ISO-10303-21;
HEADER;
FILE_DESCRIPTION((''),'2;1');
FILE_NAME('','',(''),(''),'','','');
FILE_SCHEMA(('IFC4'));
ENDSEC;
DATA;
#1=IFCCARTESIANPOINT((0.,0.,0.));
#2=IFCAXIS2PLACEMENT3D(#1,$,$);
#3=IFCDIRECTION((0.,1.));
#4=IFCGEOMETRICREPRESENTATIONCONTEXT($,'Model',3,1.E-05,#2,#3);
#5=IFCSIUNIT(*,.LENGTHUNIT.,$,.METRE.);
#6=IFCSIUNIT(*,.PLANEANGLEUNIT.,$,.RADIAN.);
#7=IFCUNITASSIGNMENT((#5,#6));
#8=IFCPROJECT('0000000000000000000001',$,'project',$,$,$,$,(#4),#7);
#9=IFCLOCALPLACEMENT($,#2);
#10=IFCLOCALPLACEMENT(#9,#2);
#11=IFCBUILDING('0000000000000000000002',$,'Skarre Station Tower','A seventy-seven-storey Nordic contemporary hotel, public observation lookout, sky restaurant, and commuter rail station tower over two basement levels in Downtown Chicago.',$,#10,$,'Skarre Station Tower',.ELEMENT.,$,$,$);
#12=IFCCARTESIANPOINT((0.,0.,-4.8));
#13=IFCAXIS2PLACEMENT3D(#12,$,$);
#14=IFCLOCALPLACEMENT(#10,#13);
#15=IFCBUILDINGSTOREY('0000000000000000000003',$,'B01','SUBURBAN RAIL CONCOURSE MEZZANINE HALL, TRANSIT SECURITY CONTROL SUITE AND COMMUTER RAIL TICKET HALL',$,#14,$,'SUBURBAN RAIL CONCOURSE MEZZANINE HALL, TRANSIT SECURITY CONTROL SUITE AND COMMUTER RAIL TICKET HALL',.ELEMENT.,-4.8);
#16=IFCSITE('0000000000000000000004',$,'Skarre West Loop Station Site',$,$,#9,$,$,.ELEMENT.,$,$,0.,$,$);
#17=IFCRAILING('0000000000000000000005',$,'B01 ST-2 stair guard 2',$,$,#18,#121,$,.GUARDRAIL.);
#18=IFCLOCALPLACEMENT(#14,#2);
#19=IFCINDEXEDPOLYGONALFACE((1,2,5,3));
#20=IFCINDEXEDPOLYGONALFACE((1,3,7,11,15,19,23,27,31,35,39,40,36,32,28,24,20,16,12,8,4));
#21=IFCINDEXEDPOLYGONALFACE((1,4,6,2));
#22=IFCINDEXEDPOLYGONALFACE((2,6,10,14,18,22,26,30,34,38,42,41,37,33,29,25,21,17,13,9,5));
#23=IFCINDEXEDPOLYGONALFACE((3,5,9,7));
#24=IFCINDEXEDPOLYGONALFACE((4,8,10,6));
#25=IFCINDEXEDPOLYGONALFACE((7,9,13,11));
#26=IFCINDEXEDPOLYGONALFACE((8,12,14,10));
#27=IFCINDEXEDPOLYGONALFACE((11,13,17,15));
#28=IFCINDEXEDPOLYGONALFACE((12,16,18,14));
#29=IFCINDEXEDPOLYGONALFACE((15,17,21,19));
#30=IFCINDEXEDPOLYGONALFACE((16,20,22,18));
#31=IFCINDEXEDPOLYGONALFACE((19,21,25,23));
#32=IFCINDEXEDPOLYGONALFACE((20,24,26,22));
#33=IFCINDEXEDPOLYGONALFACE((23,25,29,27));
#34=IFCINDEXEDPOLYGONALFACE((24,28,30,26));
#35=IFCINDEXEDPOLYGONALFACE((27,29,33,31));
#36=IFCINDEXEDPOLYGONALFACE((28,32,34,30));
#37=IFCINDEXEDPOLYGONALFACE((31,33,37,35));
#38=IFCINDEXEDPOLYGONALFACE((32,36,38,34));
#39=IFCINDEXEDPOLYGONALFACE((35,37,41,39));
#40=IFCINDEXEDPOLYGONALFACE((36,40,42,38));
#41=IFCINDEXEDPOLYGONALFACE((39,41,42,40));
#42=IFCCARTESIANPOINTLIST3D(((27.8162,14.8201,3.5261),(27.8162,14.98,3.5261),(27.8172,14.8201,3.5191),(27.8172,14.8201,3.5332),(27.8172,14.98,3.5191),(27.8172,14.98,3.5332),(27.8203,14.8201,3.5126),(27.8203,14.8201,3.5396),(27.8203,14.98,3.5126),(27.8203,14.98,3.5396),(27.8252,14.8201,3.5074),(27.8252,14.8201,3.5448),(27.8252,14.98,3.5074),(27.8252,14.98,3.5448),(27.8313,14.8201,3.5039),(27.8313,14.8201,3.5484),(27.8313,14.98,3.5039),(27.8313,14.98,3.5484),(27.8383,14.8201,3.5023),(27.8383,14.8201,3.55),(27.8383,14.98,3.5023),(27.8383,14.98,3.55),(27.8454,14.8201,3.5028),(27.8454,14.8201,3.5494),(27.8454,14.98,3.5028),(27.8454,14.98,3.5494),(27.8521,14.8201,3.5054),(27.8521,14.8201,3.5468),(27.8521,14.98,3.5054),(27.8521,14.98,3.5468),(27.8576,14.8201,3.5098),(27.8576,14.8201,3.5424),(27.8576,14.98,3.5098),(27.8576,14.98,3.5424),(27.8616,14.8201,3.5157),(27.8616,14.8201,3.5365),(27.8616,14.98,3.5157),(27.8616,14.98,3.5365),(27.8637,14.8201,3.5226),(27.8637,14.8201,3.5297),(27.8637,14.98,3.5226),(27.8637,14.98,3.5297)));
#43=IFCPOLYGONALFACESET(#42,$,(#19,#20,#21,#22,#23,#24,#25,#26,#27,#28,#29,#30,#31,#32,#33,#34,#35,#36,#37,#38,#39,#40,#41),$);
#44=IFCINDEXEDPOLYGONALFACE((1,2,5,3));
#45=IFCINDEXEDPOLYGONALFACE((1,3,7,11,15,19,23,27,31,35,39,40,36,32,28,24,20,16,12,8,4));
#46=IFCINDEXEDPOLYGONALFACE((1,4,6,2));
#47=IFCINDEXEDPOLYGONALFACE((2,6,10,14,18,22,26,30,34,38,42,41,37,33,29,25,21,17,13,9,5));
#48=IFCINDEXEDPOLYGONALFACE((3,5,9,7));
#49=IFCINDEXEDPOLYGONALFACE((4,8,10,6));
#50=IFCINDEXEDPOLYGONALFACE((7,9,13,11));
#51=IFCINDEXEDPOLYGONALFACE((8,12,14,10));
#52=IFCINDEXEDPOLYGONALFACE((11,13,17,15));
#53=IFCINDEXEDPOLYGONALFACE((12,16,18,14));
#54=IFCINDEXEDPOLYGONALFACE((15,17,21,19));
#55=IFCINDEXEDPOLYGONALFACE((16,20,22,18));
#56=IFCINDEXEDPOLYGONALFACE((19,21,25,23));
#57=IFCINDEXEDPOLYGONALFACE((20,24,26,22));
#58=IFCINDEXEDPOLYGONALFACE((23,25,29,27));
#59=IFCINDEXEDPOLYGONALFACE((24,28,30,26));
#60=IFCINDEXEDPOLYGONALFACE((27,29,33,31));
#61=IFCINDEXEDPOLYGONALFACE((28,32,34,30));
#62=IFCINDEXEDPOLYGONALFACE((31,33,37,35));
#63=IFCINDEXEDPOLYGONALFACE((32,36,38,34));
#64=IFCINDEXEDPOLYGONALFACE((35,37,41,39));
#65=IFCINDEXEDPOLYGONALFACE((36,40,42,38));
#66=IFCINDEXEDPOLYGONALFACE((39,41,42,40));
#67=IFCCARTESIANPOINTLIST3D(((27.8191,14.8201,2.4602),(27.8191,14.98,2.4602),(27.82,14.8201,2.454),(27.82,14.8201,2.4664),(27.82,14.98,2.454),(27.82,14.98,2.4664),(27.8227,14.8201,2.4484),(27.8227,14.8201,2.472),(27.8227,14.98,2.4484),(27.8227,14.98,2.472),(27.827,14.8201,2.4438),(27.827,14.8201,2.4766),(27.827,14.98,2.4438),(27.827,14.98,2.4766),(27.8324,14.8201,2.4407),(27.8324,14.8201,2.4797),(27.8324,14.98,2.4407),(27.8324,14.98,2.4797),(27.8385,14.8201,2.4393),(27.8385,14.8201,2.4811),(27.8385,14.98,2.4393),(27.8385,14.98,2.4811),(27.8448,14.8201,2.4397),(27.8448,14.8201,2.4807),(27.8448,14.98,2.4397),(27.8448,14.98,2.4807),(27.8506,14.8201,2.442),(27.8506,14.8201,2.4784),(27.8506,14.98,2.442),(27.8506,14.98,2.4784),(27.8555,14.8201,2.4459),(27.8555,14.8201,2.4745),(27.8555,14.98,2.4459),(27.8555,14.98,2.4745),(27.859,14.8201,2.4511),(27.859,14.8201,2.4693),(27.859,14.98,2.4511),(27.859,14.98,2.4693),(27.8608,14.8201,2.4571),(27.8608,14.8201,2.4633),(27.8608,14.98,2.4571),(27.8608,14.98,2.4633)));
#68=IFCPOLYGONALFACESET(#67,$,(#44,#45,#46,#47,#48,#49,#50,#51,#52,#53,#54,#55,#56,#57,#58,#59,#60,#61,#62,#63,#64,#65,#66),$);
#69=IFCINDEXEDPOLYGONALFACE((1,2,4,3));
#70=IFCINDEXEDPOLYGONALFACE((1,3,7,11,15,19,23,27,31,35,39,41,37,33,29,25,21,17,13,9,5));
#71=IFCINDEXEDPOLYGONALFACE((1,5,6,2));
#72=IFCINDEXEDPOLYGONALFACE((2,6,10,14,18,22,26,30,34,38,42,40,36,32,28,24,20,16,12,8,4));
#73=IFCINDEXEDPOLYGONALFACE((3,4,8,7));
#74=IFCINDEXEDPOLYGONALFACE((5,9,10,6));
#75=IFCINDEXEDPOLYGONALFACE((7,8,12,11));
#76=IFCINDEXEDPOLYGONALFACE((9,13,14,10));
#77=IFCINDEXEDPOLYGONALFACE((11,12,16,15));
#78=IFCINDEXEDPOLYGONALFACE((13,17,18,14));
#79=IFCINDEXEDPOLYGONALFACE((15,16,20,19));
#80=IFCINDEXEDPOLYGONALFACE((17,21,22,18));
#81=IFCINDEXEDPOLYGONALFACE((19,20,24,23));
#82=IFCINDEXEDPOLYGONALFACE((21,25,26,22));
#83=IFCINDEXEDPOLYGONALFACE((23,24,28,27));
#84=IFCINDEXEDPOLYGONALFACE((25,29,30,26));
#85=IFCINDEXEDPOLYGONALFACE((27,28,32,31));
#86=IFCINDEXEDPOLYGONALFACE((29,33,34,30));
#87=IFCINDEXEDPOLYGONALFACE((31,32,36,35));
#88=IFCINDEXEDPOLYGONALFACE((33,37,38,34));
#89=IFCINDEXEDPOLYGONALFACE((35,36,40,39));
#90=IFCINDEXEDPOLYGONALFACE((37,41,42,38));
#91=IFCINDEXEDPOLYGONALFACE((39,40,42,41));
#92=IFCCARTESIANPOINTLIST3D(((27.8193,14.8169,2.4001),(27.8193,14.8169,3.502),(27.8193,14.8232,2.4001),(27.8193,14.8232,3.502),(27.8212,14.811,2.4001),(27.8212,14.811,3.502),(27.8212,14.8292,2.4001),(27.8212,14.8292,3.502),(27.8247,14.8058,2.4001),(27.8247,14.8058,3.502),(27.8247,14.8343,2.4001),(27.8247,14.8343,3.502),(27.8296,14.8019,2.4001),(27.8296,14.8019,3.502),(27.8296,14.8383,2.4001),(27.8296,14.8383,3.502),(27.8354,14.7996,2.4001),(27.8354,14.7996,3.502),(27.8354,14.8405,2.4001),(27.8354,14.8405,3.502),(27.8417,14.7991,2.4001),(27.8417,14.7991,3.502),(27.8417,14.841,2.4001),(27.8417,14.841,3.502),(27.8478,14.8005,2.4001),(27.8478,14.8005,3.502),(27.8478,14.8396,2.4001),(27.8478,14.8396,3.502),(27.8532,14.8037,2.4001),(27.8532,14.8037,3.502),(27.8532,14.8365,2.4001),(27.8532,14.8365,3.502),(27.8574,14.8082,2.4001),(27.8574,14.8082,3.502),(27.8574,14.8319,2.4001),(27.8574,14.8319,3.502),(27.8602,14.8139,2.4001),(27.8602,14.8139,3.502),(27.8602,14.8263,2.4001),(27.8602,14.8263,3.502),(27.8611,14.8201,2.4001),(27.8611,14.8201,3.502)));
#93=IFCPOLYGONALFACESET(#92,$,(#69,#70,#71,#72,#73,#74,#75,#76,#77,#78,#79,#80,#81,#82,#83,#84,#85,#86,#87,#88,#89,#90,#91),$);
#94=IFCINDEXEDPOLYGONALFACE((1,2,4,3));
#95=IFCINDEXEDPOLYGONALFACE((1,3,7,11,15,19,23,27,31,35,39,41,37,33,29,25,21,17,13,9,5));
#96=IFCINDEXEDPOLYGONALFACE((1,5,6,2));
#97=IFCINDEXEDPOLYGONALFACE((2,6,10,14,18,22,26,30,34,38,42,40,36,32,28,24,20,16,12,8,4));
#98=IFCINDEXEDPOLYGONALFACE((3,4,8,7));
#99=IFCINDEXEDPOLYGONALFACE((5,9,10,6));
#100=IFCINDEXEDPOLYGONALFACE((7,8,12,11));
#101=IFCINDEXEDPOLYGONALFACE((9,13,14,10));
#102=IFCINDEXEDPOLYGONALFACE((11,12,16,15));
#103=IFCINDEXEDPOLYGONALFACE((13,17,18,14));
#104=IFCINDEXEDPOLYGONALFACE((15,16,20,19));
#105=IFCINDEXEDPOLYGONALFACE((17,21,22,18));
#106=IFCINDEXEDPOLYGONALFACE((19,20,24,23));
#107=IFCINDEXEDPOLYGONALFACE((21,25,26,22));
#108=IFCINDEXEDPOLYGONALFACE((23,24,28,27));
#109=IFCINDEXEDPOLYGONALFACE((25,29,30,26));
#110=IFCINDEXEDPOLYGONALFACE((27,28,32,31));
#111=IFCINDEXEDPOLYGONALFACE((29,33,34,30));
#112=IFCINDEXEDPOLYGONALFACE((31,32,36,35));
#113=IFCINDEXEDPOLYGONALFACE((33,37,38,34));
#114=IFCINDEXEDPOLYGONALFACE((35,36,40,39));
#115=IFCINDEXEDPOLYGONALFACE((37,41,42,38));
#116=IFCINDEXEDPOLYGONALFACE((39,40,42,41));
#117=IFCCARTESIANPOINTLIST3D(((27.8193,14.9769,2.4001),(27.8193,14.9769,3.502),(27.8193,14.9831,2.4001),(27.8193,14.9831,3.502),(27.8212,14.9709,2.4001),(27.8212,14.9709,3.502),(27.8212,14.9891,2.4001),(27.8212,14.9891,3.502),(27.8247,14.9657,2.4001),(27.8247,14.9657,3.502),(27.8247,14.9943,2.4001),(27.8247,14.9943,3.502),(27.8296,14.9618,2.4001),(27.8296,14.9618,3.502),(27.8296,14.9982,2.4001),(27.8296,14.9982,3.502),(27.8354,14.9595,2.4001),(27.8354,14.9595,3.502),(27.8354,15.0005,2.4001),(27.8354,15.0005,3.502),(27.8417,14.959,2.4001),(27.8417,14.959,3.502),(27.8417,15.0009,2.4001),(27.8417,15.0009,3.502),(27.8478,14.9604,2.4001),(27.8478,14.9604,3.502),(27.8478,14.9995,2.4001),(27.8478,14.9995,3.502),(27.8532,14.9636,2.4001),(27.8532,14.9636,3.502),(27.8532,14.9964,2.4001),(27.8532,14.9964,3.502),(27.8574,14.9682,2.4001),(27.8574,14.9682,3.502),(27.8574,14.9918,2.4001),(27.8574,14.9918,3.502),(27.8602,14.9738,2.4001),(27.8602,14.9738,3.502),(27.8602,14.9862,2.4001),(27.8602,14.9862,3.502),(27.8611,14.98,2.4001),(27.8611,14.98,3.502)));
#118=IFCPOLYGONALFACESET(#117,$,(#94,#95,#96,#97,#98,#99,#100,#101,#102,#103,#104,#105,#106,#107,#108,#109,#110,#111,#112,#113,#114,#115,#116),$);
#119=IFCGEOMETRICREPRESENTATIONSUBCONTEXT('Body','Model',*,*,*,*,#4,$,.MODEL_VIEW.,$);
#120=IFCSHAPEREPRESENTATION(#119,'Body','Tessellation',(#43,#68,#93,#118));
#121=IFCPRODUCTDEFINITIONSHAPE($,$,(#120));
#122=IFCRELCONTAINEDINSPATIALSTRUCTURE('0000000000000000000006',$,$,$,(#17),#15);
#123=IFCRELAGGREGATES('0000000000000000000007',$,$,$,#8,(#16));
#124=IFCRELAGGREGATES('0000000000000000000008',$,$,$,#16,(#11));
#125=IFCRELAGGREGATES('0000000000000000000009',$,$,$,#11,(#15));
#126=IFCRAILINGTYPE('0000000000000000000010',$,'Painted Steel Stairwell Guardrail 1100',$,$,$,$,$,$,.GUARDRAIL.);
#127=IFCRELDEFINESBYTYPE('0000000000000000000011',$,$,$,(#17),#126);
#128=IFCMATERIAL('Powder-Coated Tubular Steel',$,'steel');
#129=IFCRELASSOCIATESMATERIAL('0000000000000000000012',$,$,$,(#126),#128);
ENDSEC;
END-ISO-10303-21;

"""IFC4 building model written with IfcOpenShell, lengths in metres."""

from ifc_helpers import new_model, si_unit, direction, frame, origin, origin_2d, place, context, subcontext, project, spatial, circle, extrude, material, type_object, element, save


model = new_model("IFC4")

# Units and contexts
model_context = context("Model", 3, precision=1e-05, world=origin(), true_north=direction((0.0, 1.0)))
body_context = subcontext(model_context, "Body", "Model", "MODEL_VIEW")
ifc_project = project(units=[si_unit("LENGTHUNIT", "METRE"), si_unit("PLANEANGLEUNIT", "RADIAN")], contexts=[model_context])

# Site, building, storey
site_placement = place(None, origin())
site = spatial("IfcSite", under=ifc_project, at=site_placement, Name="Skarre West Loop Station Site", CompositionType="ELEMENT", RefElevation=0.0)
building_placement = place(site_placement, origin())
building = spatial("IfcBuilding", under=site, at=building_placement, Name="Skarre Station Tower", Description="A seventy-seven-storey Nordic contemporary hotel, public observation lookout, sky restaurant, and commuter rail station tower over two basement levels in Downtown Chicago.", LongName="Skarre Station Tower", CompositionType="ELEMENT")
storey_placement = place(building_placement, frame((0.0, 0.0, -4.8)))
storey = spatial("IfcBuildingStorey", under=building, at=storey_placement, Name="B01", Description="SUBURBAN RAIL CONCOURSE MEZZANINE HALL, TRANSIT SECURITY CONTROL SUITE AND COMMUTER RAIL TICKET HALL", LongName="SUBURBAN RAIL CONCOURSE MEZZANINE HALL, TRANSIT SECURITY CONTROL SUITE AND COMMUTER RAIL TICKET HALL", CompositionType="ELEMENT", Elevation=-4.8)

# Railing
ifc_material_1 = material(Name="Powder-Coated Tubular Steel", Category="steel")
railing_type_1 = type_object("IfcRailingType", Name="Painted Steel Stairwell Guardrail 1100", PredefinedType="GUARDRAIL", material=ifc_material_1)
railing_1_placement = place(storey_placement, frame((27.8401, 14.8201, 2.4001)))
element("IfcRailing", 1, at=railing_1_placement, inside=storey, type_object=railing_type_1, Name="B01 ST-2 stair guard 2", PredefinedType="GUARDRAIL", context=body_context, shape_type="SweptSolid", body=[
    extrude(circle(Radius=0.0239, at=origin_2d()), frame((0.0, 0.0, 1.126), z_axis=(0.0, 1.0, 0.0), x_axis=(-1.0, 0.0, 0.0)), (0.0, 0.0, 1.0), 0.1599),
    extrude(circle(Radius=0.021, at=origin_2d()), frame((0.0, 0.0, 0.0601), z_axis=(0.0, 1.0, 0.0), x_axis=(-1.0, 0.0, 0.0)), (0.0, 0.0, 1.0), 0.1599),
    extrude(circle(Radius=0.021, at=origin_2d()), origin(), (0.0, 0.0, 1.0), 1.1018),
    extrude(circle(Radius=0.021, at=origin_2d()), frame((0.0, 0.1599, 0.0)), (0.0, 0.0, 1.0), 1.1018),
])

save(model, "model.ifc")
